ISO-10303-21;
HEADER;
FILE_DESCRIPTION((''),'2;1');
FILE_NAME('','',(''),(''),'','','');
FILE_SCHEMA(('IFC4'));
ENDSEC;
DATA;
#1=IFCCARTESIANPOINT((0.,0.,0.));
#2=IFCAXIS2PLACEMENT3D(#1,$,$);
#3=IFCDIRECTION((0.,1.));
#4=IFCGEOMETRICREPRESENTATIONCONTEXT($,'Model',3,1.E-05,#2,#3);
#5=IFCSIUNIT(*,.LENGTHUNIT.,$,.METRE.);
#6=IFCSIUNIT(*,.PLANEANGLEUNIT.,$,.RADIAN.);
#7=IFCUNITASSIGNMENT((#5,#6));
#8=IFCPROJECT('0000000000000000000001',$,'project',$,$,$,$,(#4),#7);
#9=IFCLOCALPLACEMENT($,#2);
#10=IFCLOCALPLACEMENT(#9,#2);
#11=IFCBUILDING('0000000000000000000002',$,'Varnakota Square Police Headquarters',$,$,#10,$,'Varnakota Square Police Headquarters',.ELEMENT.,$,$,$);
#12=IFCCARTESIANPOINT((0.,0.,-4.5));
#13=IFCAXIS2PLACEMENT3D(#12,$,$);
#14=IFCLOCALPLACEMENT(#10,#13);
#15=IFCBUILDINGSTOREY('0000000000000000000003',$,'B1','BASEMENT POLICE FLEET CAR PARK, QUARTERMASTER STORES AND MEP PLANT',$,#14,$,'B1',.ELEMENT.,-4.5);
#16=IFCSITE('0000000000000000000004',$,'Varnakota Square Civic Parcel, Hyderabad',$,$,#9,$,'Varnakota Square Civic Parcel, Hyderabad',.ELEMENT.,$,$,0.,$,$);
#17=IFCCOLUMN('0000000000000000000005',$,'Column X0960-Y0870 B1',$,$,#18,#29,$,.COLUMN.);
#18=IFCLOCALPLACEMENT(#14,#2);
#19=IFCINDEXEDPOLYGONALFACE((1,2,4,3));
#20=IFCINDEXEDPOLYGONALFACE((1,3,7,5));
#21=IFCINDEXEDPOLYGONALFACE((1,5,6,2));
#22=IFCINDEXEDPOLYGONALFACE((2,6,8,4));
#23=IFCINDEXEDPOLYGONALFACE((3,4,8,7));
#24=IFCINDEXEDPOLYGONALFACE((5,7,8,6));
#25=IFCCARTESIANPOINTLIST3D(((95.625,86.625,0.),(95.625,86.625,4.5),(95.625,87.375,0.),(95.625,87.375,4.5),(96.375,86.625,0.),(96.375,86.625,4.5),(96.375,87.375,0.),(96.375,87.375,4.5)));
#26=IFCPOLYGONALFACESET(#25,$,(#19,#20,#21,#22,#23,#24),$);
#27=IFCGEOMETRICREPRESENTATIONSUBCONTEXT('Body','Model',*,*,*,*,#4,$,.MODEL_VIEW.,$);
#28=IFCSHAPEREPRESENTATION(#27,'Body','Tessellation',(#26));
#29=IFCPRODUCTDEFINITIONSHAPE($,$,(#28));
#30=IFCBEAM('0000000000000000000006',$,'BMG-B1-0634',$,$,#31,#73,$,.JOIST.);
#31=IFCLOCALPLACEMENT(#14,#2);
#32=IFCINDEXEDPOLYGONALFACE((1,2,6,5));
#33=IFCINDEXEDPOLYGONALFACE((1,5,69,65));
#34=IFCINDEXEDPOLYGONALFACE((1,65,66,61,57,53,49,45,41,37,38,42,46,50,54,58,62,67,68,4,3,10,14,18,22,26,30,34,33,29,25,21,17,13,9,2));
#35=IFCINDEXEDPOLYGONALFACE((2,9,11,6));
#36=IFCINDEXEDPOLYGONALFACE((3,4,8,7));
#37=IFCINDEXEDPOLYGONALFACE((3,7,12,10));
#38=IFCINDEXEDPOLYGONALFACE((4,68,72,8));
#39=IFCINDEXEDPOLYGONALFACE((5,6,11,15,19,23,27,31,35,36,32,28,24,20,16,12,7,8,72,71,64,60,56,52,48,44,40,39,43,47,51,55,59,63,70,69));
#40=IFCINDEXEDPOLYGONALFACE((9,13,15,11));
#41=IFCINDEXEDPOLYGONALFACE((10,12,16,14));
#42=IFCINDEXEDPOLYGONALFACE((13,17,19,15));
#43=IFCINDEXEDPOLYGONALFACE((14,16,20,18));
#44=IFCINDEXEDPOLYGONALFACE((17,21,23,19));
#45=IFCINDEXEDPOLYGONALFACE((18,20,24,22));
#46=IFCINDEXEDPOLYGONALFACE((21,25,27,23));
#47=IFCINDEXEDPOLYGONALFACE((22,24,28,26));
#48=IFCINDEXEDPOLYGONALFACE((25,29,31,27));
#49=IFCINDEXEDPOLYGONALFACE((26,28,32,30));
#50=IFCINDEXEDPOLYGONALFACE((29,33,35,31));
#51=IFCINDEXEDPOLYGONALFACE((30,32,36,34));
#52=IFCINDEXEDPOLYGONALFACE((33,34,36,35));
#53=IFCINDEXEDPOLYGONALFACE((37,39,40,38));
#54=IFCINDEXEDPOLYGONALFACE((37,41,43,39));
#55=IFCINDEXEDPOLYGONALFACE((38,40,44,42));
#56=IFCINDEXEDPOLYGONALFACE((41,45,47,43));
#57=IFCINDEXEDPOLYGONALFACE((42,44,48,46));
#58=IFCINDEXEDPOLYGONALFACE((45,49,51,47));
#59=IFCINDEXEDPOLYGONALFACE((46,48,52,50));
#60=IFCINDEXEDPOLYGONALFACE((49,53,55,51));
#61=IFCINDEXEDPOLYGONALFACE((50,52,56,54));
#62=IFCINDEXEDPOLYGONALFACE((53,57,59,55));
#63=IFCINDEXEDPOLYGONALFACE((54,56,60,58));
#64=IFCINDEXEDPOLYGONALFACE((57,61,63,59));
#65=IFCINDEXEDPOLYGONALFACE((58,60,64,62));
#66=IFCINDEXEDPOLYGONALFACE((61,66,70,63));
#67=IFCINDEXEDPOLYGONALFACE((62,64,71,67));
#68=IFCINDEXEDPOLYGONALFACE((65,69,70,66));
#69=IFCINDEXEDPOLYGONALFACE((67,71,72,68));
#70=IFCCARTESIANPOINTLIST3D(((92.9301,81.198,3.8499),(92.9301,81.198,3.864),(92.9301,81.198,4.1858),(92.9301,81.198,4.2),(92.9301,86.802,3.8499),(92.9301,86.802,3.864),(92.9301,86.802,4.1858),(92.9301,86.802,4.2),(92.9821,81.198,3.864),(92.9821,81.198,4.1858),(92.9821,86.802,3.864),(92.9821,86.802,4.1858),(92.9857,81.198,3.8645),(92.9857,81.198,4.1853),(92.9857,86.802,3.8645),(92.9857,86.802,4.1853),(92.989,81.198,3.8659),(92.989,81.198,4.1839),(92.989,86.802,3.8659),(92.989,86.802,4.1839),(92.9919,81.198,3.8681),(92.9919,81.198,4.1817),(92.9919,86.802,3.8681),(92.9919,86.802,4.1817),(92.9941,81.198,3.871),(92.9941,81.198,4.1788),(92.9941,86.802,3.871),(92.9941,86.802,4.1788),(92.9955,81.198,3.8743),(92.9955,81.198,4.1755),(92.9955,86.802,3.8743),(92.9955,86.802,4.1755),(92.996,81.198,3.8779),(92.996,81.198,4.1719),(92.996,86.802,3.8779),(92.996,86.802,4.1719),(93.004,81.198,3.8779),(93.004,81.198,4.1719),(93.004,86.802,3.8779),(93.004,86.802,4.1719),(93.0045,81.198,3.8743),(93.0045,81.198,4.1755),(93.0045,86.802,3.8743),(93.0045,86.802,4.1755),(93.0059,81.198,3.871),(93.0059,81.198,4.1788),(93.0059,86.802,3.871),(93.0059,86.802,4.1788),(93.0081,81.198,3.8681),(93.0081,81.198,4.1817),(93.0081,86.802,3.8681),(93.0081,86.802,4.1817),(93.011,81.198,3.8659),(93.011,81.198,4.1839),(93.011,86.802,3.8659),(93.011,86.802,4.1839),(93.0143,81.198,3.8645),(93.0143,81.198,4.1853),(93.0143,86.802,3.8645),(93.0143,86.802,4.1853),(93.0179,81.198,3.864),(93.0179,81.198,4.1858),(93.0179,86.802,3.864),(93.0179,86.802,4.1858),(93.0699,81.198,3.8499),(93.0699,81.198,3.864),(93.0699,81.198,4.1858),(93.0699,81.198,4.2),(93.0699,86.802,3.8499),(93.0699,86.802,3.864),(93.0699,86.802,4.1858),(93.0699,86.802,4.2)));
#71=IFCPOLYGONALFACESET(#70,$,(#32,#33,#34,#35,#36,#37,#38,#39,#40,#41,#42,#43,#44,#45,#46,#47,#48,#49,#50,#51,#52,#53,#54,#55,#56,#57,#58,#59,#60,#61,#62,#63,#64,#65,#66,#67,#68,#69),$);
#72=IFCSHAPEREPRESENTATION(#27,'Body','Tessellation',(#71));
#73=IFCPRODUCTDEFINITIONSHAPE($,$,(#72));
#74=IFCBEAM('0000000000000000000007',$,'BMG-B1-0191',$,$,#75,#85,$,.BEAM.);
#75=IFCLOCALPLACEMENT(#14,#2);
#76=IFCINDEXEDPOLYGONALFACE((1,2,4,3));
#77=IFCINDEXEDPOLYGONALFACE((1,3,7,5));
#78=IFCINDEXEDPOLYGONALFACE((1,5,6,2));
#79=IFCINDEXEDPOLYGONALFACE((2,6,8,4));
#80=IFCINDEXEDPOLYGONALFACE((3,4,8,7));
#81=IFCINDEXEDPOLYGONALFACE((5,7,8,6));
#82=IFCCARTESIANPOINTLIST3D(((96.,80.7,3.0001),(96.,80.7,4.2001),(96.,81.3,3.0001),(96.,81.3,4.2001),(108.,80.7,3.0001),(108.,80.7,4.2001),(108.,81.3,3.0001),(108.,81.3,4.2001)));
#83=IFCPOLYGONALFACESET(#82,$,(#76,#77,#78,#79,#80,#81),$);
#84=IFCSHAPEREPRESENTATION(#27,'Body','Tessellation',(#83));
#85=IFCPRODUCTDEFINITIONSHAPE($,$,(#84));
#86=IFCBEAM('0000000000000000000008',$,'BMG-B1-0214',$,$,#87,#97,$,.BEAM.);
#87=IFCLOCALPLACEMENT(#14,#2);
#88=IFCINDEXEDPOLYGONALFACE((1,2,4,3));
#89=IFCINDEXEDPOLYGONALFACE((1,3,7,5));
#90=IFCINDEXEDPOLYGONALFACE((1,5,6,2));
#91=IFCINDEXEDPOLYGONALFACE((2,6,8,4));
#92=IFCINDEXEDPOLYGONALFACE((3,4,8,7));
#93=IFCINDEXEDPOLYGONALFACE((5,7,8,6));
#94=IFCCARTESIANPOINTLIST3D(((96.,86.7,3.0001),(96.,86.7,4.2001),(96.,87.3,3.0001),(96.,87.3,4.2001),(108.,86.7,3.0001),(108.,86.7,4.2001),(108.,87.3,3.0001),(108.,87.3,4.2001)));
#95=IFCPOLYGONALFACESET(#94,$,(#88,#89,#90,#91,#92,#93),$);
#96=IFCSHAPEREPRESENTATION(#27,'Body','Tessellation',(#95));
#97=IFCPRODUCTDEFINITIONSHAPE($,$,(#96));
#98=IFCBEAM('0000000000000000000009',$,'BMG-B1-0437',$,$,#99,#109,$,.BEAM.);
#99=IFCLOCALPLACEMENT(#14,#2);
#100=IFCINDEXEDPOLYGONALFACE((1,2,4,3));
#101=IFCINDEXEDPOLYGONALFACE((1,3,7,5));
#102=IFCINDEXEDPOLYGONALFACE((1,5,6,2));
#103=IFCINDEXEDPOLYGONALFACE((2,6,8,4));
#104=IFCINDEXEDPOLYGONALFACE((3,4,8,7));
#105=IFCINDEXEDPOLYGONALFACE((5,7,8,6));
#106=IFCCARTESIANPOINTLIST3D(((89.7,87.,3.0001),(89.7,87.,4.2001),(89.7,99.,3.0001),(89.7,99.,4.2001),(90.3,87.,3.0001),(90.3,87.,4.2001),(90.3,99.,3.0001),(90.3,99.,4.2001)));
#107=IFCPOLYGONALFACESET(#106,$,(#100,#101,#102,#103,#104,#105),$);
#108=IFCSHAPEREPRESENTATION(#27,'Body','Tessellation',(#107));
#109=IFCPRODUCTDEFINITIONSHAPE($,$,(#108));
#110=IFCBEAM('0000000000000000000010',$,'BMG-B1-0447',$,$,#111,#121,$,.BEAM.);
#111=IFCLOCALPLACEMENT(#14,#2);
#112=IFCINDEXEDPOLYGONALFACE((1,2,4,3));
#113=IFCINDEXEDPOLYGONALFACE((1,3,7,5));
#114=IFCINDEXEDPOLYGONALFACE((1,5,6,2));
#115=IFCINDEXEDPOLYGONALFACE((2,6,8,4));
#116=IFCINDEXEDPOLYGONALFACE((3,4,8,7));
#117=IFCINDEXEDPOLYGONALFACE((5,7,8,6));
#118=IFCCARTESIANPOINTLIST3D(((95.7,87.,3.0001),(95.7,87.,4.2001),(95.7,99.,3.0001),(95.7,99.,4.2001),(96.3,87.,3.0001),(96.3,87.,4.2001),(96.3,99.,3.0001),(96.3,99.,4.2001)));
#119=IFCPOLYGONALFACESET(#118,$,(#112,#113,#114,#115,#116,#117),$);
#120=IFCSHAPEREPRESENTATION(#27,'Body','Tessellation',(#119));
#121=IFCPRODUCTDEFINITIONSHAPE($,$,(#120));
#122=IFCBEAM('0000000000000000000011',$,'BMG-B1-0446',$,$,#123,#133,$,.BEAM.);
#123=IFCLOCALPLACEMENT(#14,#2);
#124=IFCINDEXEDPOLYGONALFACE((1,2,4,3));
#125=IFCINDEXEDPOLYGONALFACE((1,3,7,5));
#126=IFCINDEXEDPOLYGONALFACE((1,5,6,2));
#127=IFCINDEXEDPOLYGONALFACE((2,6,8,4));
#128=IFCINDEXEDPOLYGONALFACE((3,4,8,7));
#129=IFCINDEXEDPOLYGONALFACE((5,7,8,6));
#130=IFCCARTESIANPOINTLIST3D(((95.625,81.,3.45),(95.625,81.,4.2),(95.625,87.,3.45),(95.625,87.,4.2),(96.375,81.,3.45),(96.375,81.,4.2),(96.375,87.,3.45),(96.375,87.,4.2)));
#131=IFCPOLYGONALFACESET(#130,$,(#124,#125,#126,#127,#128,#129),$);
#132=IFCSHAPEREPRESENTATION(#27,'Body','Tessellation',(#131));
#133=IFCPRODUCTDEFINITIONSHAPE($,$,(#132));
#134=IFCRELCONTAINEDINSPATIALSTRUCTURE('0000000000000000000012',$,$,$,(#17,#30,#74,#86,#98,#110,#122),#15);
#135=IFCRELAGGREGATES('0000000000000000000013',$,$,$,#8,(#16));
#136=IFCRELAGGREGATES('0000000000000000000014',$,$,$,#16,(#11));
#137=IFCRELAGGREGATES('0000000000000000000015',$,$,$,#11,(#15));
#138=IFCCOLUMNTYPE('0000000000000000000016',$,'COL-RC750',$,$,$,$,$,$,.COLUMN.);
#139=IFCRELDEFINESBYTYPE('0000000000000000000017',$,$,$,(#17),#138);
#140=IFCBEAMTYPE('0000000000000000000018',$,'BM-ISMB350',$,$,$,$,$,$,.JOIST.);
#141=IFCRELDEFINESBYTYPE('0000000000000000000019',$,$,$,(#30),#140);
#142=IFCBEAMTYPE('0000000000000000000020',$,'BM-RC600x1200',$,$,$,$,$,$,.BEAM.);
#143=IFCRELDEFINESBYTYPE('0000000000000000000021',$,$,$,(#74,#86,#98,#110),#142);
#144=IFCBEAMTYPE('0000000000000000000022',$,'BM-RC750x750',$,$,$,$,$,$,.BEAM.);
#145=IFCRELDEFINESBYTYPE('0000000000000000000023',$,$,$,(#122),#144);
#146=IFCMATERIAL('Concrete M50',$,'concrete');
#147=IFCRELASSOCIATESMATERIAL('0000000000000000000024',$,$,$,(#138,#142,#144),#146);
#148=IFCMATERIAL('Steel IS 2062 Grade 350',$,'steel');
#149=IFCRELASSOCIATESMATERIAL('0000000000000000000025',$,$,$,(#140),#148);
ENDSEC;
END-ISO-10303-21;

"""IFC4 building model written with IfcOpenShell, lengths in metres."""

from ifc_helpers import new_model, si_unit, direction, frame, origin, origin_2d, place, context, subcontext, project, spatial, rectangle, i_section, extrude, material, material_profile, profile_set, type_object, element, save


model = new_model("IFC4")

# Units and contexts
model_context = context("Model", 3, precision=1e-05, world=origin(), true_north=direction((0.0, 1.0)))
body_context = subcontext(model_context, "Body", "Model", "MODEL_VIEW")
ifc_project = project(units=[si_unit("LENGTHUNIT", "METRE"), si_unit("PLANEANGLEUNIT", "RADIAN")], contexts=[model_context])

# Site, building, storey
site_placement = place(None, origin())
site = spatial("IfcSite", under=ifc_project, at=site_placement, Name="Varnakota Square Civic Parcel, Hyderabad", LongName="Varnakota Square Civic Parcel, Hyderabad", CompositionType="ELEMENT", RefElevation=0.0)
building_placement = place(site_placement, origin())
building = spatial("IfcBuilding", under=site, at=building_placement, Name="Varnakota Square Police Headquarters", LongName="Varnakota Square Police Headquarters", CompositionType="ELEMENT")
storey_placement = place(building_placement, frame((0.0, 0.0, -4.5)))
storey = spatial("IfcBuildingStorey", under=building, at=storey_placement, Name="B1", Description="BASEMENT POLICE FLEET CAR PARK, QUARTERMASTER STORES AND MEP PLANT", LongName="B1", CompositionType="ELEMENT", Elevation=-4.5)

# Shared definitions
ifc_material_1 = material(Name="Concrete M50", Category="concrete")

# Column
ifc_material_profile_1 = material_profile(ifc_material_1, rectangle(XDim=0.75, YDim=0.75, at=origin_2d()), Name="RC 750x750")
ifc_profile_set_1 = profile_set([ifc_material_profile_1], Name="Concrete M50")
column_type_1 = type_object("IfcColumnType", Name="COL-RC750", PredefinedType="COLUMN", material=ifc_profile_set_1)
column_1_placement = place(storey_placement, frame((96.0, 87.0, 0.0), z_axis=(0.0, 0.0, 1.0), x_axis=(1.0, 0.0, 0.0)))
element("IfcColumn", 1, at=column_1_placement, inside=storey, type_object=column_type_1, Name="Column X0960-Y0870 B1", PredefinedType="COLUMN", context=body_context, shape_type="SweptSolid", body=[
    extrude(rectangle(XDim=0.75, YDim=0.75, at=origin_2d()), origin(), (0.0, 0.0, 1.0), 4.5),
])

# Beams
ifc_material_2 = material(Name="Steel IS 2062 Grade 350", Category="steel")
ifc_material_profile_2 = material_profile(ifc_material_2, i_section(OverallWidth=0.1399, OverallDepth=0.3501, WebThickness=0.0081, FlangeThickness=0.0142, FilletRadius=0.0139, at=origin_2d()), Name="ISMB 350")
ifc_profile_set_2 = profile_set([ifc_material_profile_2], Name="Steel IS 2062 Grade 350")
beam_type_1 = type_object("IfcBeamType", Name="BM-ISMB350", PredefinedType="JOIST", material=ifc_profile_set_2)
beam_1_placement = place(storey_placement, frame((93.0, 81.198, 4.0249), z_axis=(0.0, 1.0, 0.0), x_axis=(-1.0, 0.0, 0.0)))
element("IfcBeam", 2, at=beam_1_placement, inside=storey, type_object=beam_type_1, Name="BMG-B1-0634", PredefinedType="JOIST", context=body_context, shape_type="SweptSolid", body=[
    extrude(i_section(OverallWidth=0.1399, OverallDepth=0.3501, WebThickness=0.0081, FlangeThickness=0.0142, FilletRadius=0.0139, at=origin_2d()), origin(), (0.0, 0.0, 1.0), 5.604),
])
ifc_material_profile_3 = material_profile(ifc_material_1, rectangle(XDim=0.6001, YDim=1.2, at=origin_2d()), Name="RC 600x1200")
ifc_profile_set_3 = profile_set([ifc_material_profile_3], Name="Concrete M50")
beam_type_2 = type_object("IfcBeamType", Name="BM-RC600x1200", PredefinedType="BEAM", material=ifc_profile_set_3)
for number, where, z_axis, x_axis, name in (
    (3, (96.0, 81.0, 3.6001), (1.0, 0.0, 0.0), (0.0, 1.0, 0.0), "BMG-B1-0191"),
    (4, (96.0, 87.0, 3.6001), (1.0, 0.0, 0.0), (0.0, 1.0, 0.0), "BMG-B1-0214"),
    (5, (90.0, 87.0, 3.6001), (0.0, 1.0, 0.0), (-1.0, 0.0, 0.0), "BMG-B1-0437"),
    (6, (96.0, 87.0, 3.6001), (0.0, 1.0, 0.0), (-1.0, 0.0, 0.0), "BMG-B1-0447"),
):
    element("IfcBeam", number, at=place(storey_placement, frame(where, z_axis=z_axis, x_axis=x_axis)), inside=storey, type_object=beam_type_2, Name=name, PredefinedType="BEAM", context=body_context, shape_type="SweptSolid", body=[
        extrude(rectangle(XDim=0.6001, YDim=1.2, at=origin_2d()), origin(), (0.0, 0.0, 1.0), 12.0),
    ])
ifc_material_profile_4 = material_profile(ifc_material_1, rectangle(XDim=0.75, YDim=0.75, at=origin_2d()), Name="RC 750x750")
ifc_profile_set_4 = profile_set([ifc_material_profile_4], Name="Concrete M50")
beam_type_3 = type_object("IfcBeamType", Name="BM-RC750x750", PredefinedType="BEAM", material=ifc_profile_set_4)
beam_2_placement = place(storey_placement, frame((96.0, 81.0, 3.825), z_axis=(0.0, 1.0, 0.0), x_axis=(-1.0, 0.0, 0.0)))
element("IfcBeam", 7, at=beam_2_placement, inside=storey, type_object=beam_type_3, Name="BMG-B1-0446", PredefinedType="BEAM", context=body_context, shape_type="SweptSolid", body=[
    extrude(rectangle(XDim=0.75, YDim=0.75, at=origin_2d()), origin(), (0.0, 0.0, 1.0), 6.0),
])

save(model, "model.ifc")
